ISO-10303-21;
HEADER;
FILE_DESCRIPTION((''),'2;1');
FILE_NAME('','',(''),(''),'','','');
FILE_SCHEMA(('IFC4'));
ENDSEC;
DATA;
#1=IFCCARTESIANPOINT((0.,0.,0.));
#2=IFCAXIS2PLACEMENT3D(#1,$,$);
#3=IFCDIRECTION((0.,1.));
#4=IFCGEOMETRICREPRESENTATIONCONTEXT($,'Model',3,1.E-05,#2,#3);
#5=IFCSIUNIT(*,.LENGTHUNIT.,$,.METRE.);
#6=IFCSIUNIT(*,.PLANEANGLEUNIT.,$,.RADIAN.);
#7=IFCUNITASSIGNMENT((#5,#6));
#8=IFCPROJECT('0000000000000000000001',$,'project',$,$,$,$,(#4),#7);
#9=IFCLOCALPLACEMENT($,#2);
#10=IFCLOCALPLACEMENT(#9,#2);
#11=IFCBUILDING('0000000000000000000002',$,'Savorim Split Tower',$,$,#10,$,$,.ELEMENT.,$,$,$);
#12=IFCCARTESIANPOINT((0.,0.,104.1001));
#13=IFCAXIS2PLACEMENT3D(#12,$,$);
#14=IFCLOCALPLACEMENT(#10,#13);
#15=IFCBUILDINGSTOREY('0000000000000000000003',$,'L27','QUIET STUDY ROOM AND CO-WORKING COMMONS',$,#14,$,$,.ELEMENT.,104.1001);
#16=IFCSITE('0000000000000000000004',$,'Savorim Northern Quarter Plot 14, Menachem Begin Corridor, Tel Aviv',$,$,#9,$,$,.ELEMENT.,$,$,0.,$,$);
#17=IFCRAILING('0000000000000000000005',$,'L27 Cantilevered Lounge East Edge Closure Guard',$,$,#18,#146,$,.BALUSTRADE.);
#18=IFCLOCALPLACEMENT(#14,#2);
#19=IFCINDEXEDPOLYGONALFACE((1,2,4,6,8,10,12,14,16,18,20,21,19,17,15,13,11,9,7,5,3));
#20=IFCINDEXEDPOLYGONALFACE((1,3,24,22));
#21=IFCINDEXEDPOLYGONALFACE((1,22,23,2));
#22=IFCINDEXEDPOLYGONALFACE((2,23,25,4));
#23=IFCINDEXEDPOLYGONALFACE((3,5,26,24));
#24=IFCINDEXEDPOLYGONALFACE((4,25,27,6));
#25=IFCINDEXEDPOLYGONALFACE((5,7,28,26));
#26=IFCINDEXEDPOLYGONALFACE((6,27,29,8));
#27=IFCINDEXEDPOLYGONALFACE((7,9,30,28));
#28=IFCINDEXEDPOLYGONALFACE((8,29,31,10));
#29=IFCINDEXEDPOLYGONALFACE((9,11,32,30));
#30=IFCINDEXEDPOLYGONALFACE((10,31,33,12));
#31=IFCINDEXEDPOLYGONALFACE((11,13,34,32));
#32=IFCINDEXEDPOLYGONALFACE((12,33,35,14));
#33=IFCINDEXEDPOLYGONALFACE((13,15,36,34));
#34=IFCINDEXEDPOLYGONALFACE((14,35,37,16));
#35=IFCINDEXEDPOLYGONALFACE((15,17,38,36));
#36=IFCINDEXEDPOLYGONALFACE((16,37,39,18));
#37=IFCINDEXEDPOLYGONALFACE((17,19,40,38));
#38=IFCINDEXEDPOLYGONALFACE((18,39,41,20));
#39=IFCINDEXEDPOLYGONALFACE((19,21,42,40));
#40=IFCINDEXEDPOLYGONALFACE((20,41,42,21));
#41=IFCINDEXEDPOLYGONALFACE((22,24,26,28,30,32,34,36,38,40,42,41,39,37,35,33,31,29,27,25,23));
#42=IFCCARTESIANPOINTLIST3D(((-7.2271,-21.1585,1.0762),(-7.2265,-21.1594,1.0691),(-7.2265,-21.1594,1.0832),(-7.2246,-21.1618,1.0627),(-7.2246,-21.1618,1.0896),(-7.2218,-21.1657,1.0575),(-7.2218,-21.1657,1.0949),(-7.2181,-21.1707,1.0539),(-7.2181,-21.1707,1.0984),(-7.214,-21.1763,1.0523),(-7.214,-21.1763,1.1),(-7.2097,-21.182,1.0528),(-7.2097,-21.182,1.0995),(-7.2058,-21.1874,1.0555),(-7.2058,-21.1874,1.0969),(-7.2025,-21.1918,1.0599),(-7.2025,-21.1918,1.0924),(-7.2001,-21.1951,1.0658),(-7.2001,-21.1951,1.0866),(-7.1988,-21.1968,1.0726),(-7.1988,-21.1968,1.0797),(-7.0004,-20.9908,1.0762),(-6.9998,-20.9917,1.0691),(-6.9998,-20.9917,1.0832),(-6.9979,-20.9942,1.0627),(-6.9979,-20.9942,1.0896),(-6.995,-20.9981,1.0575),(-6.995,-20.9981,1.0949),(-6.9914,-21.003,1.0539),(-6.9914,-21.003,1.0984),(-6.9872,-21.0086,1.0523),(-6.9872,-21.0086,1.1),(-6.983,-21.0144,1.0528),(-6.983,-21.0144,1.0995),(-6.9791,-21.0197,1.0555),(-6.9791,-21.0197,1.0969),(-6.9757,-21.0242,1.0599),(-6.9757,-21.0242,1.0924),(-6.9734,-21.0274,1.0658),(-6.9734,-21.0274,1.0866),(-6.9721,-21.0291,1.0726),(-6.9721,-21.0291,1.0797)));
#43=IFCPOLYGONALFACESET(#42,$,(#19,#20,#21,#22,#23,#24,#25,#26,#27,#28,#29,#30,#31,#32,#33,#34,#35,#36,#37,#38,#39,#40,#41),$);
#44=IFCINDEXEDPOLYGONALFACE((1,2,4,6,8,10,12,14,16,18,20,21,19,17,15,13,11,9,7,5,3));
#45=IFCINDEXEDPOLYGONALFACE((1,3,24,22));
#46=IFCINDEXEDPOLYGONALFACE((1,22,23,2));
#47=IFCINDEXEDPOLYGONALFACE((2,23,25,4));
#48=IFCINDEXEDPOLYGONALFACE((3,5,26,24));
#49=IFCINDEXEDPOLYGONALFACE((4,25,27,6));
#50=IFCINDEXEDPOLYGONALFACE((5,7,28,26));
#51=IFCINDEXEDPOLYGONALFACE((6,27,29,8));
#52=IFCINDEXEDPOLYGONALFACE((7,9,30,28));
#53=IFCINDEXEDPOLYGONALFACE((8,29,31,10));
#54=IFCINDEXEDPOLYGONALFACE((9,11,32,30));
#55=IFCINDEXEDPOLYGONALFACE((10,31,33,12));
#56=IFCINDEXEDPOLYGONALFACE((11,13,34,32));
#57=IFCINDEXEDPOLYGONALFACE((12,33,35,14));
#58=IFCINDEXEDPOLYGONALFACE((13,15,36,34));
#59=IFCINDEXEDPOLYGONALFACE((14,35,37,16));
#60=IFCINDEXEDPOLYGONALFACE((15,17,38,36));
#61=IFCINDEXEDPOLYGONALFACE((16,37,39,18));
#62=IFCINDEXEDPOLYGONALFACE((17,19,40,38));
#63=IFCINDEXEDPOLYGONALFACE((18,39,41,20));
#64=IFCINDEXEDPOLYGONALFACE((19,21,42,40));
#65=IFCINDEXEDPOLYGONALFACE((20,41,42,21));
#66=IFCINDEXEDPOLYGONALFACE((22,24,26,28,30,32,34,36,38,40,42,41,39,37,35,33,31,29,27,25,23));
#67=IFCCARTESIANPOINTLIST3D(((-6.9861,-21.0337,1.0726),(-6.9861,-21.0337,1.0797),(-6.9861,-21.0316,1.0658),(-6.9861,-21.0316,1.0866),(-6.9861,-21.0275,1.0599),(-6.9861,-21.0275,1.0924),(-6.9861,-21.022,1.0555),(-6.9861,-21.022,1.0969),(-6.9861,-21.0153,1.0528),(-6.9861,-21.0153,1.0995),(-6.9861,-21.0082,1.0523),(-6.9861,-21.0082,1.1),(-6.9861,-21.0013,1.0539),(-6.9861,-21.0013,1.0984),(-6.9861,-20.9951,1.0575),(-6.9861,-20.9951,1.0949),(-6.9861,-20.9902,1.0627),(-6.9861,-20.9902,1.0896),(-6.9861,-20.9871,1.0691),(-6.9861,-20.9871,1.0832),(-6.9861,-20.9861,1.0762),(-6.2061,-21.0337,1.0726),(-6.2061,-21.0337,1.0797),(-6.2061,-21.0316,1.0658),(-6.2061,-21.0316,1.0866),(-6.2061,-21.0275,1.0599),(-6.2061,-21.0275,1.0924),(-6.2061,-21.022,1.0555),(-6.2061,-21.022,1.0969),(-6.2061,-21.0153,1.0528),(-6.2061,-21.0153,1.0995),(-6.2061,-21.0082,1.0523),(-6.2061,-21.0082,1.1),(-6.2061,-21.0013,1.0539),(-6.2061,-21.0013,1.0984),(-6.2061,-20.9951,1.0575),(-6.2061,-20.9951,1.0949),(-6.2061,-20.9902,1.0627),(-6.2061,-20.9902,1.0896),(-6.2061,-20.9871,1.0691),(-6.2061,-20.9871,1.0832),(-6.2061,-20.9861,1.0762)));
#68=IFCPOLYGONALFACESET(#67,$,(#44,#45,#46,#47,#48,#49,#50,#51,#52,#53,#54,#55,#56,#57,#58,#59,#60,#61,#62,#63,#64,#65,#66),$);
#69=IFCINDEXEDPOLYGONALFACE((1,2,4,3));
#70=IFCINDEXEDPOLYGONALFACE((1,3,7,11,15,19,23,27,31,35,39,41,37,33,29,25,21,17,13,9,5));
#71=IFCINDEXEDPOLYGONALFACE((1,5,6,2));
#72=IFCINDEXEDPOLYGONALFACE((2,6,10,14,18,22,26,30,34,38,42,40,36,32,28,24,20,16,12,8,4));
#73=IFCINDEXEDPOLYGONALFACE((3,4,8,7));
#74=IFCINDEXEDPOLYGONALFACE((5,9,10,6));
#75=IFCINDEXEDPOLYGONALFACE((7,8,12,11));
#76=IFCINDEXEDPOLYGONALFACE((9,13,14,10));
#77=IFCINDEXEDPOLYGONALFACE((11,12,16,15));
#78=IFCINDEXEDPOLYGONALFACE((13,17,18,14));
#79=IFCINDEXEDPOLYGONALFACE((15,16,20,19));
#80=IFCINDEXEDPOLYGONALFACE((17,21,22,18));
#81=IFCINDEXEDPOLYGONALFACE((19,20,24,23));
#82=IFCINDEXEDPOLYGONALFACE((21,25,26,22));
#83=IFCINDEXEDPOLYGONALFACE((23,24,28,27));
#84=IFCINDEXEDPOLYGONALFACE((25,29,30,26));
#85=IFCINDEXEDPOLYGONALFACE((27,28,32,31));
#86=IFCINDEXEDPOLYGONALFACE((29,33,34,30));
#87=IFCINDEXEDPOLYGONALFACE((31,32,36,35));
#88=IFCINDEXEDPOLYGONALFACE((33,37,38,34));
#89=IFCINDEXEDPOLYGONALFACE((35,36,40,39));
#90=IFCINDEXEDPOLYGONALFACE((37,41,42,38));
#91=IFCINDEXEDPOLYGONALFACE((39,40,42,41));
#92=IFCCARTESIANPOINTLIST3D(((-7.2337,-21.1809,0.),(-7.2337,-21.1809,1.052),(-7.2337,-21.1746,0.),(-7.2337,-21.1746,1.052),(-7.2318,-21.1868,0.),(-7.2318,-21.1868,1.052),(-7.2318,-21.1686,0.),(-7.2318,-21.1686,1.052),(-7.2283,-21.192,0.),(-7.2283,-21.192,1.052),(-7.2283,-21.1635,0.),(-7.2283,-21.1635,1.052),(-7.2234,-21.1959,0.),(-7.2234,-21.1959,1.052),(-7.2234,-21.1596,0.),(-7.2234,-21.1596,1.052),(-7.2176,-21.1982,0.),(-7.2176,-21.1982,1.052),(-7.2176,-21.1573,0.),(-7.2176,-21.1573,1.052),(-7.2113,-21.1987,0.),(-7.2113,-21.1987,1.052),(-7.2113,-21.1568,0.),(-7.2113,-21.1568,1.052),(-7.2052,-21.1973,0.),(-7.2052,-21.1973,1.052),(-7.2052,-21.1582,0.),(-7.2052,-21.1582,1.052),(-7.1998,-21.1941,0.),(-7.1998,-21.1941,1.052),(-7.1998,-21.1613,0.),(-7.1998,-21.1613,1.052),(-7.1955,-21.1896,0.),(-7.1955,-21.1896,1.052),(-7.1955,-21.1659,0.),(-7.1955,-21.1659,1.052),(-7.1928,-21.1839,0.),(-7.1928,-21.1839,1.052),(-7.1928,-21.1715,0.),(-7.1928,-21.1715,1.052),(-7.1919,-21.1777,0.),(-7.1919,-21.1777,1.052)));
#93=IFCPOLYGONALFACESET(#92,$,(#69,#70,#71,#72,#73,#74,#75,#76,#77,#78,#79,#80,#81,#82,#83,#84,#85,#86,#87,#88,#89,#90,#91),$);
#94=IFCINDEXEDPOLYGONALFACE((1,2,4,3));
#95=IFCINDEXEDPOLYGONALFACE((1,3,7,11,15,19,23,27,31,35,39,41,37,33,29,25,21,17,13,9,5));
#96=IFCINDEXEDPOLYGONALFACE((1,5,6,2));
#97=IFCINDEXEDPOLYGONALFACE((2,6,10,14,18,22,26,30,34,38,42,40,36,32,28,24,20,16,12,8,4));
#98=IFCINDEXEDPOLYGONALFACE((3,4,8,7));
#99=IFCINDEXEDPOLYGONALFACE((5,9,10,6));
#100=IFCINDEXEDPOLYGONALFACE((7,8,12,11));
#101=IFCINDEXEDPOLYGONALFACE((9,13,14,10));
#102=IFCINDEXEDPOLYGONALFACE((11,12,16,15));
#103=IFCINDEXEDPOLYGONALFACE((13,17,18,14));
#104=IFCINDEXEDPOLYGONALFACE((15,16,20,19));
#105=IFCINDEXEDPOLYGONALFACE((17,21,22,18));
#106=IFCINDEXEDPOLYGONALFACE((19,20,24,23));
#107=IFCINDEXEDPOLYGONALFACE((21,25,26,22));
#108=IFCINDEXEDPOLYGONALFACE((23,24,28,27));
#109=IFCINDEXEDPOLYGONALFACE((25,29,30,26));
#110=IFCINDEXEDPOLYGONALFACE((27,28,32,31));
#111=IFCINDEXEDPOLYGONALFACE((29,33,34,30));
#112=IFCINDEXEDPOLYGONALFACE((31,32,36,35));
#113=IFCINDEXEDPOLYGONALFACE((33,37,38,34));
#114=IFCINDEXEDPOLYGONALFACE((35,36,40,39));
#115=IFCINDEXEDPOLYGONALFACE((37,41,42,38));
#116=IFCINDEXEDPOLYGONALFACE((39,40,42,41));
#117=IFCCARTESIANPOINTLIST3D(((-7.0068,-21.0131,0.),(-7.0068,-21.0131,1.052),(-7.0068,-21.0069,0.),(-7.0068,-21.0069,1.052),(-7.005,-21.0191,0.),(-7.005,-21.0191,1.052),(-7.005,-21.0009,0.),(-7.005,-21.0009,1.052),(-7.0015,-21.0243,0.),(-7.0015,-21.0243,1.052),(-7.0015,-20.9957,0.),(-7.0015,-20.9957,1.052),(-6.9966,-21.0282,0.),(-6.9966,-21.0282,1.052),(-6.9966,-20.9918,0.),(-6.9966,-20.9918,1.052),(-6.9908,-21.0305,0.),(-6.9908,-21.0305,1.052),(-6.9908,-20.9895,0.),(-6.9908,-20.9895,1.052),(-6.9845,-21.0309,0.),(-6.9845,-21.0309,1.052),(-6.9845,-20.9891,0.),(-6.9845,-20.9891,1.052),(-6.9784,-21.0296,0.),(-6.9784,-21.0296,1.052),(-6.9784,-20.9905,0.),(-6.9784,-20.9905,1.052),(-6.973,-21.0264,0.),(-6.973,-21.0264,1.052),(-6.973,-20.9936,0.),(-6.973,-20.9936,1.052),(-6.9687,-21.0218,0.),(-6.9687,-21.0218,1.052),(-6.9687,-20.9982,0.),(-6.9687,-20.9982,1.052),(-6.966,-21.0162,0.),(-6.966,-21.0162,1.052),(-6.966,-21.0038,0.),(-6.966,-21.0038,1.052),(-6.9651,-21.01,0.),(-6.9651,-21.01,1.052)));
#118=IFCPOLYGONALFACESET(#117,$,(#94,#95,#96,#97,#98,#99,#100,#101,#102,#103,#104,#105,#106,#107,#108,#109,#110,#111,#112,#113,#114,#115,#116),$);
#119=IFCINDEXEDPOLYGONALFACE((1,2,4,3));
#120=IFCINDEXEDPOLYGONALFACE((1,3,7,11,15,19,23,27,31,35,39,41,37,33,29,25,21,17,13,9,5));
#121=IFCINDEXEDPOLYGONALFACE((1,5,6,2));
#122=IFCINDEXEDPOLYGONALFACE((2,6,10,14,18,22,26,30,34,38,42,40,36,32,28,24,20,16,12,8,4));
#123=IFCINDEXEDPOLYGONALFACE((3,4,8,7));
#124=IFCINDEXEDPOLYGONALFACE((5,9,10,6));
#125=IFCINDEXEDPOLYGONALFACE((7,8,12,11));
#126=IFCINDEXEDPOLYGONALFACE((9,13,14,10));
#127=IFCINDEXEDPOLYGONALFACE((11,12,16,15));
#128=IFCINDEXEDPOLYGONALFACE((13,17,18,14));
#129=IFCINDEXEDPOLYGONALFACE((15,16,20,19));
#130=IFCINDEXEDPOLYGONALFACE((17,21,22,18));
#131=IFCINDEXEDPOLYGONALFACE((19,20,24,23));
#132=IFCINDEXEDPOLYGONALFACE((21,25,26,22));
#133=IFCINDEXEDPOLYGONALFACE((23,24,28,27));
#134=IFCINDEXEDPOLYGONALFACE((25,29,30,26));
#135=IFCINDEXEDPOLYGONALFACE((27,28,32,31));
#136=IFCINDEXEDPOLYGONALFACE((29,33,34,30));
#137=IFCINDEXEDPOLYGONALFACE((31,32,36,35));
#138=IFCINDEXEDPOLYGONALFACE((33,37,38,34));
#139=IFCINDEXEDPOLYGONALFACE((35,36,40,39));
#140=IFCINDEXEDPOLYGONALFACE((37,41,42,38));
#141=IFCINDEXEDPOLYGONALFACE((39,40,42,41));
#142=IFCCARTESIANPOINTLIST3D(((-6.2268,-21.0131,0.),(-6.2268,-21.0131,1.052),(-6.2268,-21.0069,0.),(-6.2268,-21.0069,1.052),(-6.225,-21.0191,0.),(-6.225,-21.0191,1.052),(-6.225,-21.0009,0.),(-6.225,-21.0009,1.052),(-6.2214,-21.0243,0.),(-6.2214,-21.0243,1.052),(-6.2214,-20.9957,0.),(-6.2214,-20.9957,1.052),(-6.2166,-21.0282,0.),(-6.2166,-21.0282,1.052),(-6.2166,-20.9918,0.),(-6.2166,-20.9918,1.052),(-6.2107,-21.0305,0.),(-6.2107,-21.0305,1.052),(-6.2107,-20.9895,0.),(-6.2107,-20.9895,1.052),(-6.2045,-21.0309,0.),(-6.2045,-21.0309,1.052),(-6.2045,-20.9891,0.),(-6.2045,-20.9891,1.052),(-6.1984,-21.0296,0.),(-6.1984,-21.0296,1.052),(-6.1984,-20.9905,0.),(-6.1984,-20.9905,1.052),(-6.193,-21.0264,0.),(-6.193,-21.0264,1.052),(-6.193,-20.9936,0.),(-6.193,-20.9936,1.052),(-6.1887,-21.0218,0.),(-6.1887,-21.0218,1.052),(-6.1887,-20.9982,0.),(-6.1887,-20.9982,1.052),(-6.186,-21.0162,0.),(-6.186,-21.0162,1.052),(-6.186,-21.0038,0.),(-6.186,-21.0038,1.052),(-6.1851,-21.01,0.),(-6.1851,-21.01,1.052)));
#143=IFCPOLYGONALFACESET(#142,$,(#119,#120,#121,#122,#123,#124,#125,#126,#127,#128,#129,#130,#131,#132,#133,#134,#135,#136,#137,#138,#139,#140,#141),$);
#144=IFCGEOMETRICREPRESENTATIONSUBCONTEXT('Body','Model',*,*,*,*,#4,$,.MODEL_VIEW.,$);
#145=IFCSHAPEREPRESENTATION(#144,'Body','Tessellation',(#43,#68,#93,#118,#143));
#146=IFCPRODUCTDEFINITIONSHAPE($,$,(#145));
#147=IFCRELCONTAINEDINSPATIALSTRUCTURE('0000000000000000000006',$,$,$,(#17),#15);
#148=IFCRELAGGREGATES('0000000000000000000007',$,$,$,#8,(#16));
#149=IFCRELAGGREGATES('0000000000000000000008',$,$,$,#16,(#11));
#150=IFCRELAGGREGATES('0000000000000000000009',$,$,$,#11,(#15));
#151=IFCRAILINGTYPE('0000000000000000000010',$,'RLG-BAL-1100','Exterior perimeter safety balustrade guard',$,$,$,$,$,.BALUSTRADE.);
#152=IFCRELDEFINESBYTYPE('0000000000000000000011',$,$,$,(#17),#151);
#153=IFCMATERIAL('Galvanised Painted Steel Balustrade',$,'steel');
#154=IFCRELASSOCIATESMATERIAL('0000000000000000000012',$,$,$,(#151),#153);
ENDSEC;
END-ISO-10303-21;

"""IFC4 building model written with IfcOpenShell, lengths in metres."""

from ifc_helpers import new_model, si_unit, direction, frame, origin, origin_2d, place, context, subcontext, project, spatial, circle, extrude, material, type_object, element, save


model = new_model("IFC4")

# Units and contexts
model_context = context("Model", 3, precision=1e-05, world=origin(), true_north=direction((0.0, 1.0)))
body_context = subcontext(model_context, "Body", "Model", "MODEL_VIEW")
ifc_project = project(units=[si_unit("LENGTHUNIT", "METRE"), si_unit("PLANEANGLEUNIT", "RADIAN")], contexts=[model_context])

# Site, building, storey
site_placement = place(None, origin())
site = spatial("IfcSite", under=ifc_project, at=site_placement, Name="Savorim Northern Quarter Plot 14, Menachem Begin Corridor, Tel Aviv", CompositionType="ELEMENT", RefElevation=0.0)
building_placement = place(site_placement, origin())
building = spatial("IfcBuilding", under=site, at=building_placement, Name="Savorim Split Tower", CompositionType="ELEMENT")
storey_placement = place(building_placement, frame((0.0, 0.0, 104.1001)))
storey = spatial("IfcBuildingStorey", under=building, at=storey_placement, Name="L27", Description="QUIET STUDY ROOM AND CO-WORKING COMMONS", CompositionType="ELEMENT", Elevation=104.1001)

# Railing
ifc_material_1 = material(Name="Galvanised Painted Steel Balustrade", Category="steel")
railing_type_1 = type_object("IfcRailingType", Name="RLG-BAL-1100", Description="Exterior perimeter safety balustrade guard", PredefinedType="BALUSTRADE", material=ifc_material_1)
railing_1_placement = place(storey_placement, frame((-7.2129, -21.1777, 0.0)))
element("IfcRailing", 1, at=railing_1_placement, inside=storey, type_object=railing_type_1, Name="L27 Cantilevered Lounge East Edge Closure Guard", PredefinedType="BALUSTRADE", context=body_context, shape_type="SweptSolid", body=[
    extrude(circle(Radius=0.0239, at=origin_2d()), frame((0.0, 0.0, 1.0762), z_axis=(0.804032, 0.594586, 0.0), x_axis=(-0.594586, 0.804032, 0.0)), (0.0, 0.0, 1.0), 0.282),
    extrude(circle(Radius=0.0239, at=origin_2d()), frame((0.2268, 0.1677, 1.0762), z_axis=(1.0, 0.0, 0.0), x_axis=(0.0, 1.0, 0.0)), (0.0, 0.0, 1.0), 0.78),
    extrude(circle(Radius=0.021, at=origin_2d()), origin(), (0.0, 0.0, 1.0), 1.052),
    extrude(circle(Radius=0.021, at=origin_2d()), frame((0.2268, 0.1677, 0.0)), (0.0, 0.0, 1.0), 1.052),
    extrude(circle(Radius=0.021, at=origin_2d()), frame((1.0068, 0.1677, 0.0)), (0.0, 0.0, 1.0), 1.052),
])

save(model, "model.ifc")
